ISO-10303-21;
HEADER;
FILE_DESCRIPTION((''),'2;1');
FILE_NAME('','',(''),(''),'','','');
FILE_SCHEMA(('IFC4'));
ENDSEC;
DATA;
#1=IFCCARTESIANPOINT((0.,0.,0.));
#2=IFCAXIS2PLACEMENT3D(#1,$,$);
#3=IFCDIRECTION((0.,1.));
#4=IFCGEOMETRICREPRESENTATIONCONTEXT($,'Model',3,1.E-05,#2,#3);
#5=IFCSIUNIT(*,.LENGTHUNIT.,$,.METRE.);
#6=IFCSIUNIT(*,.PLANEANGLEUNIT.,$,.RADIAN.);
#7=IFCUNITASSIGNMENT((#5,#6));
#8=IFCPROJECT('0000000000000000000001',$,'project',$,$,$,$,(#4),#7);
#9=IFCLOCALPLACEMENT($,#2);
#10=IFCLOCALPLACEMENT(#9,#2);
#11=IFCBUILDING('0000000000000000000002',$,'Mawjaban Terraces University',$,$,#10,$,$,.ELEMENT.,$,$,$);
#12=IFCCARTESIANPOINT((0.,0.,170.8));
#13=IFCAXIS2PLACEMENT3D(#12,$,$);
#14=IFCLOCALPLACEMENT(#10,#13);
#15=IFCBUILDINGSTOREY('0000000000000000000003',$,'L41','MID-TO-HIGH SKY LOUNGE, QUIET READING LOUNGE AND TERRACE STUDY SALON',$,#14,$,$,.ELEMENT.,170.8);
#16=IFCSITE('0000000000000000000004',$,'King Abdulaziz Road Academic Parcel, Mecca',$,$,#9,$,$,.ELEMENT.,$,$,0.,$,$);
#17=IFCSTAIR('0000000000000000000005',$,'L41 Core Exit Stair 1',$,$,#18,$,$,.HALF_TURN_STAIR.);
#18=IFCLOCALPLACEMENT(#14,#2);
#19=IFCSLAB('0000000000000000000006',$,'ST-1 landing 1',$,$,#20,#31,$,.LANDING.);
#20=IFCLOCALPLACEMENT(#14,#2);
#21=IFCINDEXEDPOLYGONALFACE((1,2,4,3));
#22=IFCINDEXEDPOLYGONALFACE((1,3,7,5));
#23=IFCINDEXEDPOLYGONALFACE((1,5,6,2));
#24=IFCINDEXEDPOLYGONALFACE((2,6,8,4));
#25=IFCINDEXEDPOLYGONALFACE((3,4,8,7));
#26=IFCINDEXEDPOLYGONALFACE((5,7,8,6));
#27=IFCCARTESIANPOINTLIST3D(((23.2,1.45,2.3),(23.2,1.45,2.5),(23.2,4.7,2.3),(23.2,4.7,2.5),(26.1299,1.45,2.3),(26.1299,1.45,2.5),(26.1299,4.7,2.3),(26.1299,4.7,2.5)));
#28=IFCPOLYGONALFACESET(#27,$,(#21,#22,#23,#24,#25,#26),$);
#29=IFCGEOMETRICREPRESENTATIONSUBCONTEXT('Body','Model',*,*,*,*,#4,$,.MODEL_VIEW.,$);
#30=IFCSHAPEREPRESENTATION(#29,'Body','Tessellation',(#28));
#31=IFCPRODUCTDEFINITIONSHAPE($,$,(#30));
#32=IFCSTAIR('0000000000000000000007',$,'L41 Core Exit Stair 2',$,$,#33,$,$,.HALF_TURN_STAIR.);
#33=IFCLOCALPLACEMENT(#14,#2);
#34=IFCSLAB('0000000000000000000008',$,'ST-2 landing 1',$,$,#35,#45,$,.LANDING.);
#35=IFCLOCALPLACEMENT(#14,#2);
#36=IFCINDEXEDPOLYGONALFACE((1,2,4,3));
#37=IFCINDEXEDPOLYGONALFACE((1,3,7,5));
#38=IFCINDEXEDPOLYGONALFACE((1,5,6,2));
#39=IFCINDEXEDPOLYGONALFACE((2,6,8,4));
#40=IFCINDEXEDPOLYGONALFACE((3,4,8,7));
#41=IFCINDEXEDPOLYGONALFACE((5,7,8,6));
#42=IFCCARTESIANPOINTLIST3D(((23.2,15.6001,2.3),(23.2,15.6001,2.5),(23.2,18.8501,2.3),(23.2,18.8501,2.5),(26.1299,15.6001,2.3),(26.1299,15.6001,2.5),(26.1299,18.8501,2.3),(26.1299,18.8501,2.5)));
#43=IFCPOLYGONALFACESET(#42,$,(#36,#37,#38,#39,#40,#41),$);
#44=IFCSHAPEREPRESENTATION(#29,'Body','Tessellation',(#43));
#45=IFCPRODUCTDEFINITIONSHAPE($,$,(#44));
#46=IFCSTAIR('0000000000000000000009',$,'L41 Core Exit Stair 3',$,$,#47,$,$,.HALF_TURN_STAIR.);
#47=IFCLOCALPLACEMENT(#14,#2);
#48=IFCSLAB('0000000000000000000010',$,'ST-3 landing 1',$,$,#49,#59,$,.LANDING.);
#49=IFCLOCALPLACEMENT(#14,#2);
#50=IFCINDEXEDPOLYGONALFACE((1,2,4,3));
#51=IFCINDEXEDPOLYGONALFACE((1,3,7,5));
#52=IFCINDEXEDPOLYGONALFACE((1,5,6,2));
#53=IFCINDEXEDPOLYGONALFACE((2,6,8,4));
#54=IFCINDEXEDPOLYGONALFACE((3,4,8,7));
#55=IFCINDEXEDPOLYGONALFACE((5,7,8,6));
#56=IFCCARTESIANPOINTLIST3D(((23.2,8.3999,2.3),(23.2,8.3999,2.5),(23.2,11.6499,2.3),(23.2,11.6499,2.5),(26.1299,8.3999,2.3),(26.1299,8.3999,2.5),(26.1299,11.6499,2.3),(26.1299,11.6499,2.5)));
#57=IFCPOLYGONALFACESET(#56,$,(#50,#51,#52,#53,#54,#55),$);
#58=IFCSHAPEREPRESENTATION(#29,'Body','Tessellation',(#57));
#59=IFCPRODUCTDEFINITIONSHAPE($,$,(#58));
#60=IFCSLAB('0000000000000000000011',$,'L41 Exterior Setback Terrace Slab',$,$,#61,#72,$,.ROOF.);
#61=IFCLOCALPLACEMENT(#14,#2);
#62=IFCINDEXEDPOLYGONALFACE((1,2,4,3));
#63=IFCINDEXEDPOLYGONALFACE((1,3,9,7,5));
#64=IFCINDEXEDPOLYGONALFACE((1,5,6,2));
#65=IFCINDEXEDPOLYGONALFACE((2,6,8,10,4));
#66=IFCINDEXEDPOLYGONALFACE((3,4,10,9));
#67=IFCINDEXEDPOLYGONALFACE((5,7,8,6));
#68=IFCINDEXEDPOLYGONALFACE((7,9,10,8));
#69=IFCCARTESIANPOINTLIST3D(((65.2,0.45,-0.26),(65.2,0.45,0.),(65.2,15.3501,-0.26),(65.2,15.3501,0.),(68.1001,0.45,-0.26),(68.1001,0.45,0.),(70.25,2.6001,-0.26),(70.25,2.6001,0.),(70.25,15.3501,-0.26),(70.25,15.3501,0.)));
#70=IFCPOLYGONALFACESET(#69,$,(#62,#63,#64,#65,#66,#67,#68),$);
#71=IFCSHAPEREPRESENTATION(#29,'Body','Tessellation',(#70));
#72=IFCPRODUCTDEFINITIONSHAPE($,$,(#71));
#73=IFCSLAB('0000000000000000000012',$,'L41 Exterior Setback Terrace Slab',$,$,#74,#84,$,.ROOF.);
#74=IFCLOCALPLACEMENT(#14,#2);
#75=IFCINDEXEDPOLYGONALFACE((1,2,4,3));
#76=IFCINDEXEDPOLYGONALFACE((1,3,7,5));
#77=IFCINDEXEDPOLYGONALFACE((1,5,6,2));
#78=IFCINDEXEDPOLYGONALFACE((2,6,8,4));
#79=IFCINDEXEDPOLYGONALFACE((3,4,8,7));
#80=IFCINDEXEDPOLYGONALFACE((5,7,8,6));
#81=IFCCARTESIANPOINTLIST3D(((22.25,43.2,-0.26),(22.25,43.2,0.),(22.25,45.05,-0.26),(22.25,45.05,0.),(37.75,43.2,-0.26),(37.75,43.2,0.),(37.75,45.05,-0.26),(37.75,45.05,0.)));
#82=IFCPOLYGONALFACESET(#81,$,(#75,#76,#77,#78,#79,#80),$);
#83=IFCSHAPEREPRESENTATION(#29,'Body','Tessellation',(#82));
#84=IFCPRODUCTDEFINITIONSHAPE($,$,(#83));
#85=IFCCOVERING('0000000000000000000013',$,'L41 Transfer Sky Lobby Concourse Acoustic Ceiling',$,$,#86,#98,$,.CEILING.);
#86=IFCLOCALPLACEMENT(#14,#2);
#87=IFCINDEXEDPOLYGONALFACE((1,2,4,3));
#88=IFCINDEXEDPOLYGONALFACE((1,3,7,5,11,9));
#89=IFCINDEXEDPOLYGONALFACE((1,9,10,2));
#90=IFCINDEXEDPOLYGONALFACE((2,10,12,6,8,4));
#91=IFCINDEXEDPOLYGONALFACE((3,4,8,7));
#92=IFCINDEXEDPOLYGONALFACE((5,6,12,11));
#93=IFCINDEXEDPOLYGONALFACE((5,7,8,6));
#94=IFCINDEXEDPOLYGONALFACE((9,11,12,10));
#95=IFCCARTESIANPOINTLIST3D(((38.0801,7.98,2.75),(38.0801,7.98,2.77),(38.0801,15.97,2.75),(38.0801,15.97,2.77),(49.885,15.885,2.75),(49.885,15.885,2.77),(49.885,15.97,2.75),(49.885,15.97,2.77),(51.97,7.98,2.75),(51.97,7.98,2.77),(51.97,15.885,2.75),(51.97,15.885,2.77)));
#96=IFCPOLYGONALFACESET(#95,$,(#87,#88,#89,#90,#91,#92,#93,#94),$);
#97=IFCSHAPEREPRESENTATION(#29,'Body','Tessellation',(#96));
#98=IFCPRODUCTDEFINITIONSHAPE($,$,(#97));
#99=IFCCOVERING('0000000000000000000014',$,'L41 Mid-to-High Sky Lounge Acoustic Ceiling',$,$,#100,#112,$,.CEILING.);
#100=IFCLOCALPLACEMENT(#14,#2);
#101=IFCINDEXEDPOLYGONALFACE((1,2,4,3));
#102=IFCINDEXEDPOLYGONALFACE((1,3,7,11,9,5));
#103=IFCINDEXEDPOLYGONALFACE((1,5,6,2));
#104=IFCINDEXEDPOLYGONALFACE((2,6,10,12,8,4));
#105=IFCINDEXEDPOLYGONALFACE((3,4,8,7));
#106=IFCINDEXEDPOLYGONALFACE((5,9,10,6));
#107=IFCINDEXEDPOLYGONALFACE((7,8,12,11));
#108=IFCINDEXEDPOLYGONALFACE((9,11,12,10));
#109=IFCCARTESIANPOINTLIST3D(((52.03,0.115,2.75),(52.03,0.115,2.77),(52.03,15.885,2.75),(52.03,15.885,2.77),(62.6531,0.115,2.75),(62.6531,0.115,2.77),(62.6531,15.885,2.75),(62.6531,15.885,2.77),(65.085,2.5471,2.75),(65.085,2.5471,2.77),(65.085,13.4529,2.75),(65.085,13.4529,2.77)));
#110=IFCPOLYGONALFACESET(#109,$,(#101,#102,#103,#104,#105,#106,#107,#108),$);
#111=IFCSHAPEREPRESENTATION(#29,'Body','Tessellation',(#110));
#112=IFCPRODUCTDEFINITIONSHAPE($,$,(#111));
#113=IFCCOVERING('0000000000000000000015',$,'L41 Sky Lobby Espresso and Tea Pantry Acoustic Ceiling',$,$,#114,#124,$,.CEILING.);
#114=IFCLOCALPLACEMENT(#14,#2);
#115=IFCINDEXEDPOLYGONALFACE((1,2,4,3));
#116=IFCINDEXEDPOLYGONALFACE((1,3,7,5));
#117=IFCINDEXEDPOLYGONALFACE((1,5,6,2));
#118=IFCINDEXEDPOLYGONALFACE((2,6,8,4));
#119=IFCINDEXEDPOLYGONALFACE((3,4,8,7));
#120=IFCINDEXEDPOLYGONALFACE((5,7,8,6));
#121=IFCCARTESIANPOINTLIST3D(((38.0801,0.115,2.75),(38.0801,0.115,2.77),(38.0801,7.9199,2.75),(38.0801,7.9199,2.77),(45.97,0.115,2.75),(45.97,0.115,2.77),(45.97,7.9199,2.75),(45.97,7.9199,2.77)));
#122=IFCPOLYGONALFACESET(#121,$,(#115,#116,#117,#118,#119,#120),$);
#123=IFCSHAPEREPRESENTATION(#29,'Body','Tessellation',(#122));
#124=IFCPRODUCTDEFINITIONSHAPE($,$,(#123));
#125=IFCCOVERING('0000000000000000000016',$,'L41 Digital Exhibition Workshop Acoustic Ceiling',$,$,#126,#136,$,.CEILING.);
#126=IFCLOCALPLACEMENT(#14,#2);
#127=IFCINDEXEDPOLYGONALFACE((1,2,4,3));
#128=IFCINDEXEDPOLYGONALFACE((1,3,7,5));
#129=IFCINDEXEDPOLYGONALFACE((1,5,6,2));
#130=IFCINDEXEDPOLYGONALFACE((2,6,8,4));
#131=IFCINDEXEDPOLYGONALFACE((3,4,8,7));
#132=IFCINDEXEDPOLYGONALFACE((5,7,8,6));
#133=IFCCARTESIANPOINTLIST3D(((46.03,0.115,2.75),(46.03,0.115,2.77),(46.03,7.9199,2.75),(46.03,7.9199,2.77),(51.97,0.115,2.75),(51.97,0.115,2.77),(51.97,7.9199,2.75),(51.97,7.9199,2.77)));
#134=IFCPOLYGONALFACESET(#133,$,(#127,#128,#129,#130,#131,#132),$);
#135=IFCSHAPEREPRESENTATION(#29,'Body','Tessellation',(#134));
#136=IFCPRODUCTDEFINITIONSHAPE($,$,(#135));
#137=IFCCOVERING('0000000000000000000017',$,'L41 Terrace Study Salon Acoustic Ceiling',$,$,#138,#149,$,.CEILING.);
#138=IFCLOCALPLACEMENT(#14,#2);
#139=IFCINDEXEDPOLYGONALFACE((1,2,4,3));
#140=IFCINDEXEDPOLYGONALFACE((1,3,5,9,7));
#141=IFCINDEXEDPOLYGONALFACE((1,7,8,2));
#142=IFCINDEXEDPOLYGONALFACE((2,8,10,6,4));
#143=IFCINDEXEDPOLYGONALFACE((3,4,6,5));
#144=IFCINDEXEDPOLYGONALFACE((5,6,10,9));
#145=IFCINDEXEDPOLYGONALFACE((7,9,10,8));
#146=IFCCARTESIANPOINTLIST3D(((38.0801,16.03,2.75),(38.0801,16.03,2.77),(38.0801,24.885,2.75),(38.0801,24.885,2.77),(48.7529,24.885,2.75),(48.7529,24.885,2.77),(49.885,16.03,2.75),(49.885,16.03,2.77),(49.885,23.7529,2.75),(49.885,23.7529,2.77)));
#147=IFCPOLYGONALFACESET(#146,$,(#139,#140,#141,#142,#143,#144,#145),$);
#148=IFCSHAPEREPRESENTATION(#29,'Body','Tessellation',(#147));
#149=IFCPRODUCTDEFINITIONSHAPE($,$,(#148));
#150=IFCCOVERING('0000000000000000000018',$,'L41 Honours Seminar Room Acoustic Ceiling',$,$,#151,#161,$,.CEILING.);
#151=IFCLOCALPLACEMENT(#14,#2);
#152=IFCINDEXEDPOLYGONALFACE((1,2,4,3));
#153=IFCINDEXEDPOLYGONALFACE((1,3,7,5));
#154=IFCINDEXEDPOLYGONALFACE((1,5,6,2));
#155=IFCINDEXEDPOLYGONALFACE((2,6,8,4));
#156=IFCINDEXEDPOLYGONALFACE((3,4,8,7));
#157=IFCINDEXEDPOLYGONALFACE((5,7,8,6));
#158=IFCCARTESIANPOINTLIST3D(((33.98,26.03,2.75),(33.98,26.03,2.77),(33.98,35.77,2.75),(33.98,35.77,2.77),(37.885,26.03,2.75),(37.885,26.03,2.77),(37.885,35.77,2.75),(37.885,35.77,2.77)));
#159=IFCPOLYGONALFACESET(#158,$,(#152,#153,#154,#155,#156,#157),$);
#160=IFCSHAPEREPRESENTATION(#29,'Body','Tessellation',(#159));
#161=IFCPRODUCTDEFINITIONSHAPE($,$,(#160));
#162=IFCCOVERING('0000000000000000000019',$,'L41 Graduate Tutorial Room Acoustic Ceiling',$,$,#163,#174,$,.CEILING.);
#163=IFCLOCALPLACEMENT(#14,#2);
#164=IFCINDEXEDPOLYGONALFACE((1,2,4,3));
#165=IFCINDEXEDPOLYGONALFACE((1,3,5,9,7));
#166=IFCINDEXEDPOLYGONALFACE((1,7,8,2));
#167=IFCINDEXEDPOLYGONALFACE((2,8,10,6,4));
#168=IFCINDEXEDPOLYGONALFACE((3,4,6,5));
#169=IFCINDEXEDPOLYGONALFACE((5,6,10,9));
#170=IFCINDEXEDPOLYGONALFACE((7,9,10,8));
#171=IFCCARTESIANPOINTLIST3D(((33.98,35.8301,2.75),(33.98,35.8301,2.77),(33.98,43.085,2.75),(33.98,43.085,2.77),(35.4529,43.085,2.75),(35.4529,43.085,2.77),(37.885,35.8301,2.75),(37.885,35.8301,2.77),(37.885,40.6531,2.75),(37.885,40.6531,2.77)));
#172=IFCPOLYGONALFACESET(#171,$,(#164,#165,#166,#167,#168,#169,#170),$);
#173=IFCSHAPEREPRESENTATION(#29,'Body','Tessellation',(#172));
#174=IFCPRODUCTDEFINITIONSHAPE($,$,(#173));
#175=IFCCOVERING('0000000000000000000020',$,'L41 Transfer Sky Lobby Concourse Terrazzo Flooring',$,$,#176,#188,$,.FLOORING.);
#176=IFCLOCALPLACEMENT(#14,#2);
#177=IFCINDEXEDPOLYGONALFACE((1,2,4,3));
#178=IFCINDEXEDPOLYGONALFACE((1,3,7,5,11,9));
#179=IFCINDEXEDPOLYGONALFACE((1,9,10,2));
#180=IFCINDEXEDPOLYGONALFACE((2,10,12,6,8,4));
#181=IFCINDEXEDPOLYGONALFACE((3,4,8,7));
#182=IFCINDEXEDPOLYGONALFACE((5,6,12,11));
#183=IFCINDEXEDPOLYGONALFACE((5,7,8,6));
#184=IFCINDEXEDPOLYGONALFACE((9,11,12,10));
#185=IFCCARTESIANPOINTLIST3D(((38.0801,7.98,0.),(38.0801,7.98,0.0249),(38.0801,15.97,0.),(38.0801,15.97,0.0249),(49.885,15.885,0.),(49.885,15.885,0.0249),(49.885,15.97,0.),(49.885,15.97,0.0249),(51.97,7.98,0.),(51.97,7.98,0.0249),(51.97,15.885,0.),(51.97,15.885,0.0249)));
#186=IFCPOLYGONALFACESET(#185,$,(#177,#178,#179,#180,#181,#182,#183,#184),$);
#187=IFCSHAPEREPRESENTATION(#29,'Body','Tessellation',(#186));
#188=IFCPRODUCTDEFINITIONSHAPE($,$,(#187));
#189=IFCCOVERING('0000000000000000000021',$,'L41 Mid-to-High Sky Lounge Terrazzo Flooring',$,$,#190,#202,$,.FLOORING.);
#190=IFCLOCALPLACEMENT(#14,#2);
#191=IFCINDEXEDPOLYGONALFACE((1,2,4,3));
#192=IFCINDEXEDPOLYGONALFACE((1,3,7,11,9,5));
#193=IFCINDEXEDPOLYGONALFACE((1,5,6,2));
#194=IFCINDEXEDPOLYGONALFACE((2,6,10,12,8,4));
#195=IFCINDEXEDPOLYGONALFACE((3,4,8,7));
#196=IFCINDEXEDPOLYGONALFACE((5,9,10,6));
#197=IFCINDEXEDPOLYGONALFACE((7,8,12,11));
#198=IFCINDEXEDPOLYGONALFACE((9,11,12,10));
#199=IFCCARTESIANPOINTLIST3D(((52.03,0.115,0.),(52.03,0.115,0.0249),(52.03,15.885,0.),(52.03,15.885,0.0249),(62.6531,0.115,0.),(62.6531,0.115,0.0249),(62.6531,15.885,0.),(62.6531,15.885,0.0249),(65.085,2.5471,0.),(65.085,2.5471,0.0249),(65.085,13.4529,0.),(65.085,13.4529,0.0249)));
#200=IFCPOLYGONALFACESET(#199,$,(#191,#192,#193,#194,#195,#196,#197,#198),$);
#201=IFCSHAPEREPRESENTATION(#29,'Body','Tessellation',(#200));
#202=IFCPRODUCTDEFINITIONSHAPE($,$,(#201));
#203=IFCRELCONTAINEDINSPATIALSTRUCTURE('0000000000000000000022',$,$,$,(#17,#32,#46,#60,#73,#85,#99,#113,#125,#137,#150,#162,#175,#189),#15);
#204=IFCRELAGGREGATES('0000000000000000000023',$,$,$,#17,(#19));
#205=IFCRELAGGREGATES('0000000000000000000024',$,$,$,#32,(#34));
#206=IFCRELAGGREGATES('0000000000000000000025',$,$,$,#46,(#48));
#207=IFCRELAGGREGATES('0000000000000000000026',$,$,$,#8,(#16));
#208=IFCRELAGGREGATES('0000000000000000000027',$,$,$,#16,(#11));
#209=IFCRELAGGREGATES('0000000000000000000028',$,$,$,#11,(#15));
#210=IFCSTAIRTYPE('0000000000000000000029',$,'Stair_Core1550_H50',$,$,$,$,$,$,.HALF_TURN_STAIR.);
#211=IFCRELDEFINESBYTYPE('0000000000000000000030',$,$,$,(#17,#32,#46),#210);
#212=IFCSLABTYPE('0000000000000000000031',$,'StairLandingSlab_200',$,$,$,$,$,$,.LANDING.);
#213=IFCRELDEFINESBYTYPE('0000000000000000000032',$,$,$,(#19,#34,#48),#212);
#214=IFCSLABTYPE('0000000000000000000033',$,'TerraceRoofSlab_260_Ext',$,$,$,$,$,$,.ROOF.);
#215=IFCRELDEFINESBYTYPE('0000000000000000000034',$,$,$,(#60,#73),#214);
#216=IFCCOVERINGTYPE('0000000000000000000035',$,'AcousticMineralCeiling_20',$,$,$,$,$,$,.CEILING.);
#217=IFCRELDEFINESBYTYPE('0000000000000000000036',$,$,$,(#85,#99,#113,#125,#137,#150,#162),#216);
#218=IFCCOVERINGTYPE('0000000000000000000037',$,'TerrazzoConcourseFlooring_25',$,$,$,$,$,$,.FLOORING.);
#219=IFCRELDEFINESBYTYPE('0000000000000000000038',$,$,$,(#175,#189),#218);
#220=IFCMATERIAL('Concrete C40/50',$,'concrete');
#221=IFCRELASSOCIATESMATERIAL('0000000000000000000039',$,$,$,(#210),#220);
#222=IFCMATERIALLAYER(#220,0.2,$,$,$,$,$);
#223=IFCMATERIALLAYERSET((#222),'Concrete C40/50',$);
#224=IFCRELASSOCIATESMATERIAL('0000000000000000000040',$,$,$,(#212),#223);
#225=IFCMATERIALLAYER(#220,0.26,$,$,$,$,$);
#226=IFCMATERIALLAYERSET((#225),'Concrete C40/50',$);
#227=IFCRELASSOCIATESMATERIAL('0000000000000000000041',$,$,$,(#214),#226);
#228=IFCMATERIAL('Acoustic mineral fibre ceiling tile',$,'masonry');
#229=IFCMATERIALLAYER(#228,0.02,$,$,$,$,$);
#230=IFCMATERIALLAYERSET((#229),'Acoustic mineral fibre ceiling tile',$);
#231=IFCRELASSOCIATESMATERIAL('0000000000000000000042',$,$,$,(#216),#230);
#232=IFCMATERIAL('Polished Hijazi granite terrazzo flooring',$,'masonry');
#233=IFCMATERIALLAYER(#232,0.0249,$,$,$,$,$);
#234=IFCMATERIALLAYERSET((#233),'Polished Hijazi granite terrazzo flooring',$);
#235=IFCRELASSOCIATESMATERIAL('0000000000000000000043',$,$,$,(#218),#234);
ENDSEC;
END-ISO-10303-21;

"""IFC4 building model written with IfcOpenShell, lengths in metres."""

from ifc_helpers import new_model, si_unit, direction, frame, origin, place, context, subcontext, project, spatial, polyline, outline, extrude, material, layer, layer_set, type_object, element, aggregate, save


model = new_model("IFC4")

# Units and contexts
model_context = context("Model", 3, precision=1e-05, world=origin(), true_north=direction((0.0, 1.0)))
body_context = subcontext(model_context, "Body", "Model", "MODEL_VIEW")
ifc_project = project(units=[si_unit("LENGTHUNIT", "METRE"), si_unit("PLANEANGLEUNIT", "RADIAN")], contexts=[model_context])

# Site, building, storey
site_placement = place(None, origin())
site = spatial("IfcSite", under=ifc_project, at=site_placement, Name="King Abdulaziz Road Academic Parcel, Mecca", CompositionType="ELEMENT", RefElevation=0.0)
building_placement = place(site_placement, origin())
building = spatial("IfcBuilding", under=site, at=building_placement, Name="Mawjaban Terraces University", CompositionType="ELEMENT")
storey_placement = place(building_placement, frame((0.0, 0.0, 170.8)))
storey = spatial("IfcBuildingStorey", under=building, at=storey_placement, Name="L41", Description="MID-TO-HIGH SKY LOUNGE, QUIET READING LOUNGE AND TERRACE STUDY SALON", CompositionType="ELEMENT", Elevation=170.8)

# Shared definitions
ifc_material_1 = material(Name="Concrete C40/50", Category="concrete")

# Stairs, slabs
stair_type = type_object("IfcStairType", Name="Stair_Core1550_H50", PredefinedType="HALF_TURN_STAIR", material=ifc_material_1)
stair_1_placement = place(storey_placement, origin())
stair_1 = element("IfcStair", 1, at=stair_1_placement, inside=storey, type_object=stair_type, Name="L41 Core Exit Stair 1", PredefinedType="HALF_TURN_STAIR")
ifc_layer_1 = layer(ifc_material_1, 0.2)
ifc_layer_set_1 = layer_set([ifc_layer_1], Name="Concrete C40/50")
slab_type_1 = type_object("IfcSlabType", Name="StairLandingSlab_200", PredefinedType="LANDING", material=ifc_layer_set_1)
slab_1_placement = place(storey_placement, frame((0.0, 0.0, 2.3)))
slab_1 = element("IfcSlab", 2, at=slab_1_placement, type_object=slab_type_1, Name="ST-1 landing 1", PredefinedType="LANDING", context=body_context, shape_type="SweptSolid", body=[
    extrude(outline(polyline([(26.1299, 4.7), (23.2, 4.7), (23.2, 1.45), (26.1299, 1.45), (26.1299, 4.7)])), origin(), (0.0, 0.0, 1.0), 0.2),
])
aggregate(stair_1, [slab_1])
stair_2_placement = place(storey_placement, origin())
stair_2 = element("IfcStair", 3, at=stair_2_placement, inside=storey, type_object=stair_type, Name="L41 Core Exit Stair 2", PredefinedType="HALF_TURN_STAIR")
slab_2_placement = place(storey_placement, frame((0.0, 0.0, 2.3)))
slab_2 = element("IfcSlab", 4, at=slab_2_placement, type_object=slab_type_1, Name="ST-2 landing 1", PredefinedType="LANDING", context=body_context, shape_type="SweptSolid", body=[
    extrude(outline(polyline([(26.1299, 18.8501), (23.2, 18.8501), (23.2, 15.6001), (26.1299, 15.6001), (26.1299, 18.8501)])), origin(), (0.0, 0.0, 1.0), 0.2),
])
aggregate(stair_2, [slab_2])
stair_3_placement = place(storey_placement, origin())
stair_3 = element("IfcStair", 5, at=stair_3_placement, inside=storey, type_object=stair_type, Name="L41 Core Exit Stair 3", PredefinedType="HALF_TURN_STAIR")
slab_3_placement = place(storey_placement, frame((0.0, 0.0, 2.3)))
slab_3 = element("IfcSlab", 6, at=slab_3_placement, type_object=slab_type_1, Name="ST-3 landing 1", PredefinedType="LANDING", context=body_context, shape_type="SweptSolid", body=[
    extrude(outline(polyline([(26.1299, 11.6499), (23.2, 11.6499), (23.2, 8.3999), (26.1299, 8.3999), (26.1299, 11.6499)])), origin(), (0.0, 0.0, 1.0), 0.2),
])
aggregate(stair_3, [slab_3])

# Slabs
ifc_layer_2 = layer(ifc_material_1, 0.26)
ifc_layer_set_2 = layer_set([ifc_layer_2], Name="Concrete C40/50")
slab_type_2 = type_object("IfcSlabType", Name="TerraceRoofSlab_260_Ext", PredefinedType="ROOF", material=ifc_layer_set_2)
slab_4_placement = place(storey_placement, frame((0.0, 0.0, -0.26)))
element("IfcSlab", 7, at=slab_4_placement, inside=storey, type_object=slab_type_2, Name="L41 Exterior Setback Terrace Slab", PredefinedType="ROOF", context=body_context, shape_type="SweptSolid", body=[
    extrude(outline(polyline([(65.2, 0.45), (68.1001, 0.45), (70.25, 2.6001), (70.25, 15.3501), (65.2, 15.3501), (65.2, 0.45)])), origin(), (0.0, 0.0, 1.0), 0.26),
])
slab_5_placement = place(storey_placement, frame((0.0, 0.0, -0.26)))
element("IfcSlab", 8, at=slab_5_placement, inside=storey, type_object=slab_type_2, Name="L41 Exterior Setback Terrace Slab", PredefinedType="ROOF", context=body_context, shape_type="SweptSolid", body=[
    extrude(outline(polyline([(22.25, 43.2), (37.75, 43.2), (37.75, 45.05), (22.25, 45.05), (22.25, 43.2)])), origin(), (0.0, 0.0, 1.0), 0.26),
])

# Coverings
ifc_material_2 = material(Name="Acoustic mineral fibre ceiling tile", Category="masonry")
ifc_layer_3 = layer(ifc_material_2, 0.02)
ifc_layer_set_3 = layer_set([ifc_layer_3], Name="Acoustic mineral fibre ceiling tile")
covering_type_1 = type_object("IfcCoveringType", Name="AcousticMineralCeiling_20", PredefinedType="CEILING", material=ifc_layer_set_3)
covering_1_placement = place(storey_placement, frame((0.0, 0.0, 2.75)))
element("IfcCovering", 9, at=covering_1_placement, inside=storey, type_object=covering_type_1, Name="L41 Transfer Sky Lobby Concourse Acoustic Ceiling", PredefinedType="CEILING", context=body_context, shape_type="SweptSolid", body=[
    extrude(outline(polyline([(51.97, 15.885), (49.885, 15.885), (49.885, 15.97), (38.0801, 15.97), (38.0801, 7.98), (51.97, 7.98), (51.97, 15.885)])), origin(), (0.0, 0.0, 1.0), 0.02),
])
covering_2_placement = place(storey_placement, frame((0.0, 0.0, 2.75)))
element("IfcCovering", 10, at=covering_2_placement, inside=storey, type_object=covering_type_1, Name="L41 Mid-to-High Sky Lounge Acoustic Ceiling", PredefinedType="CEILING", context=body_context, shape_type="SweptSolid", body=[
    extrude(outline(polyline([(52.03, 0.115), (62.6531, 0.115), (65.085, 2.5471), (65.085, 13.4529), (62.6531, 15.885), (52.03, 15.885), (52.03, 0.115)])), origin(), (0.0, 0.0, 1.0), 0.02),
])
covering_3_placement = place(storey_placement, frame((0.0, 0.0, 2.75)))
element("IfcCovering", 11, at=covering_3_placement, inside=storey, type_object=covering_type_1, Name="L41 Sky Lobby Espresso and Tea Pantry Acoustic Ceiling", PredefinedType="CEILING", context=body_context, shape_type="SweptSolid", body=[
    extrude(outline(polyline([(38.0801, 0.115), (45.97, 0.115), (45.97, 7.9199), (38.0801, 7.9199), (38.0801, 0.115)])), origin(), (0.0, 0.0, 1.0), 0.02),
])
covering_4_placement = place(storey_placement, frame((0.0, 0.0, 2.75)))
element("IfcCovering", 12, at=covering_4_placement, inside=storey, type_object=covering_type_1, Name="L41 Digital Exhibition Workshop Acoustic Ceiling", PredefinedType="CEILING", context=body_context, shape_type="SweptSolid", body=[
    extrude(outline(polyline([(46.03, 0.115), (51.97, 0.115), (51.97, 7.9199), (46.03, 7.9199), (46.03, 0.115)])), origin(), (0.0, 0.0, 1.0), 0.02),
])
covering_5_placement = place(storey_placement, frame((0.0, 0.0, 2.75)))
element("IfcCovering", 13, at=covering_5_placement, inside=storey, type_object=covering_type_1, Name="L41 Terrace Study Salon Acoustic Ceiling", PredefinedType="CEILING", context=body_context, shape_type="SweptSolid", body=[
    extrude(outline(polyline([(49.885, 16.03), (49.885, 23.7529), (48.7529, 24.885), (38.0801, 24.885), (38.0801, 16.03), (49.885, 16.03)])), origin(), (0.0, 0.0, 1.0), 0.02),
])
covering_6_placement = place(storey_placement, frame((0.0, 0.0, 2.75)))
element("IfcCovering", 14, at=covering_6_placement, inside=storey, type_object=covering_type_1, Name="L41 Honours Seminar Room Acoustic Ceiling", PredefinedType="CEILING", context=body_context, shape_type="SweptSolid", body=[
    extrude(outline(polyline([(37.885, 26.03), (37.885, 35.77), (33.98, 35.77), (33.98, 26.03), (37.885, 26.03)])), origin(), (0.0, 0.0, 1.0), 0.02),
])
covering_7_placement = place(storey_placement, frame((0.0, 0.0, 2.75)))
element("IfcCovering", 15, at=covering_7_placement, inside=storey, type_object=covering_type_1, Name="L41 Graduate Tutorial Room Acoustic Ceiling", PredefinedType="CEILING", context=body_context, shape_type="SweptSolid", body=[
    extrude(outline(polyline([(37.885, 35.8301), (37.885, 40.6531), (35.4529, 43.085), (33.98, 43.085), (33.98, 35.8301), (37.885, 35.8301)])), origin(), (0.0, 0.0, 1.0), 0.02),
])
ifc_material_3 = material(Name="Polished Hijazi granite terrazzo flooring", Category="masonry")
ifc_layer_4 = layer(ifc_material_3, 0.0249)
ifc_layer_set_4 = layer_set([ifc_layer_4], Name="Polished Hijazi granite terrazzo flooring")
covering_type_2 = type_object("IfcCoveringType", Name="TerrazzoConcourseFlooring_25", PredefinedType="FLOORING", material=ifc_layer_set_4)
covering_8_placement = place(storey_placement, origin())
element("IfcCovering", 16, at=covering_8_placement, inside=storey, type_object=covering_type_2, Name="L41 Transfer Sky Lobby Concourse Terrazzo Flooring", PredefinedType="FLOORING", context=body_context, shape_type="SweptSolid", body=[
    extrude(outline(polyline([(51.97, 15.885), (49.885, 15.885), (49.885, 15.97), (38.0801, 15.97), (38.0801, 7.98), (51.97, 7.98), (51.97, 15.885)])), origin(), (0.0, 0.0, 1.0), 0.0249),
])
covering_9_placement = place(storey_placement, origin())
element("IfcCovering", 17, at=covering_9_placement, inside=storey, type_object=covering_type_2, Name="L41 Mid-to-High Sky Lounge Terrazzo Flooring", PredefinedType="FLOORING", context=body_context, shape_type="SweptSolid", body=[
    extrude(outline(polyline([(52.03, 0.115), (62.6531, 0.115), (65.085, 2.5471), (65.085, 13.4529), (62.6531, 15.885), (52.03, 15.885), (52.03, 0.115)])), origin(), (0.0, 0.0, 1.0), 0.0249),
])

save(model, "model.ifc")
